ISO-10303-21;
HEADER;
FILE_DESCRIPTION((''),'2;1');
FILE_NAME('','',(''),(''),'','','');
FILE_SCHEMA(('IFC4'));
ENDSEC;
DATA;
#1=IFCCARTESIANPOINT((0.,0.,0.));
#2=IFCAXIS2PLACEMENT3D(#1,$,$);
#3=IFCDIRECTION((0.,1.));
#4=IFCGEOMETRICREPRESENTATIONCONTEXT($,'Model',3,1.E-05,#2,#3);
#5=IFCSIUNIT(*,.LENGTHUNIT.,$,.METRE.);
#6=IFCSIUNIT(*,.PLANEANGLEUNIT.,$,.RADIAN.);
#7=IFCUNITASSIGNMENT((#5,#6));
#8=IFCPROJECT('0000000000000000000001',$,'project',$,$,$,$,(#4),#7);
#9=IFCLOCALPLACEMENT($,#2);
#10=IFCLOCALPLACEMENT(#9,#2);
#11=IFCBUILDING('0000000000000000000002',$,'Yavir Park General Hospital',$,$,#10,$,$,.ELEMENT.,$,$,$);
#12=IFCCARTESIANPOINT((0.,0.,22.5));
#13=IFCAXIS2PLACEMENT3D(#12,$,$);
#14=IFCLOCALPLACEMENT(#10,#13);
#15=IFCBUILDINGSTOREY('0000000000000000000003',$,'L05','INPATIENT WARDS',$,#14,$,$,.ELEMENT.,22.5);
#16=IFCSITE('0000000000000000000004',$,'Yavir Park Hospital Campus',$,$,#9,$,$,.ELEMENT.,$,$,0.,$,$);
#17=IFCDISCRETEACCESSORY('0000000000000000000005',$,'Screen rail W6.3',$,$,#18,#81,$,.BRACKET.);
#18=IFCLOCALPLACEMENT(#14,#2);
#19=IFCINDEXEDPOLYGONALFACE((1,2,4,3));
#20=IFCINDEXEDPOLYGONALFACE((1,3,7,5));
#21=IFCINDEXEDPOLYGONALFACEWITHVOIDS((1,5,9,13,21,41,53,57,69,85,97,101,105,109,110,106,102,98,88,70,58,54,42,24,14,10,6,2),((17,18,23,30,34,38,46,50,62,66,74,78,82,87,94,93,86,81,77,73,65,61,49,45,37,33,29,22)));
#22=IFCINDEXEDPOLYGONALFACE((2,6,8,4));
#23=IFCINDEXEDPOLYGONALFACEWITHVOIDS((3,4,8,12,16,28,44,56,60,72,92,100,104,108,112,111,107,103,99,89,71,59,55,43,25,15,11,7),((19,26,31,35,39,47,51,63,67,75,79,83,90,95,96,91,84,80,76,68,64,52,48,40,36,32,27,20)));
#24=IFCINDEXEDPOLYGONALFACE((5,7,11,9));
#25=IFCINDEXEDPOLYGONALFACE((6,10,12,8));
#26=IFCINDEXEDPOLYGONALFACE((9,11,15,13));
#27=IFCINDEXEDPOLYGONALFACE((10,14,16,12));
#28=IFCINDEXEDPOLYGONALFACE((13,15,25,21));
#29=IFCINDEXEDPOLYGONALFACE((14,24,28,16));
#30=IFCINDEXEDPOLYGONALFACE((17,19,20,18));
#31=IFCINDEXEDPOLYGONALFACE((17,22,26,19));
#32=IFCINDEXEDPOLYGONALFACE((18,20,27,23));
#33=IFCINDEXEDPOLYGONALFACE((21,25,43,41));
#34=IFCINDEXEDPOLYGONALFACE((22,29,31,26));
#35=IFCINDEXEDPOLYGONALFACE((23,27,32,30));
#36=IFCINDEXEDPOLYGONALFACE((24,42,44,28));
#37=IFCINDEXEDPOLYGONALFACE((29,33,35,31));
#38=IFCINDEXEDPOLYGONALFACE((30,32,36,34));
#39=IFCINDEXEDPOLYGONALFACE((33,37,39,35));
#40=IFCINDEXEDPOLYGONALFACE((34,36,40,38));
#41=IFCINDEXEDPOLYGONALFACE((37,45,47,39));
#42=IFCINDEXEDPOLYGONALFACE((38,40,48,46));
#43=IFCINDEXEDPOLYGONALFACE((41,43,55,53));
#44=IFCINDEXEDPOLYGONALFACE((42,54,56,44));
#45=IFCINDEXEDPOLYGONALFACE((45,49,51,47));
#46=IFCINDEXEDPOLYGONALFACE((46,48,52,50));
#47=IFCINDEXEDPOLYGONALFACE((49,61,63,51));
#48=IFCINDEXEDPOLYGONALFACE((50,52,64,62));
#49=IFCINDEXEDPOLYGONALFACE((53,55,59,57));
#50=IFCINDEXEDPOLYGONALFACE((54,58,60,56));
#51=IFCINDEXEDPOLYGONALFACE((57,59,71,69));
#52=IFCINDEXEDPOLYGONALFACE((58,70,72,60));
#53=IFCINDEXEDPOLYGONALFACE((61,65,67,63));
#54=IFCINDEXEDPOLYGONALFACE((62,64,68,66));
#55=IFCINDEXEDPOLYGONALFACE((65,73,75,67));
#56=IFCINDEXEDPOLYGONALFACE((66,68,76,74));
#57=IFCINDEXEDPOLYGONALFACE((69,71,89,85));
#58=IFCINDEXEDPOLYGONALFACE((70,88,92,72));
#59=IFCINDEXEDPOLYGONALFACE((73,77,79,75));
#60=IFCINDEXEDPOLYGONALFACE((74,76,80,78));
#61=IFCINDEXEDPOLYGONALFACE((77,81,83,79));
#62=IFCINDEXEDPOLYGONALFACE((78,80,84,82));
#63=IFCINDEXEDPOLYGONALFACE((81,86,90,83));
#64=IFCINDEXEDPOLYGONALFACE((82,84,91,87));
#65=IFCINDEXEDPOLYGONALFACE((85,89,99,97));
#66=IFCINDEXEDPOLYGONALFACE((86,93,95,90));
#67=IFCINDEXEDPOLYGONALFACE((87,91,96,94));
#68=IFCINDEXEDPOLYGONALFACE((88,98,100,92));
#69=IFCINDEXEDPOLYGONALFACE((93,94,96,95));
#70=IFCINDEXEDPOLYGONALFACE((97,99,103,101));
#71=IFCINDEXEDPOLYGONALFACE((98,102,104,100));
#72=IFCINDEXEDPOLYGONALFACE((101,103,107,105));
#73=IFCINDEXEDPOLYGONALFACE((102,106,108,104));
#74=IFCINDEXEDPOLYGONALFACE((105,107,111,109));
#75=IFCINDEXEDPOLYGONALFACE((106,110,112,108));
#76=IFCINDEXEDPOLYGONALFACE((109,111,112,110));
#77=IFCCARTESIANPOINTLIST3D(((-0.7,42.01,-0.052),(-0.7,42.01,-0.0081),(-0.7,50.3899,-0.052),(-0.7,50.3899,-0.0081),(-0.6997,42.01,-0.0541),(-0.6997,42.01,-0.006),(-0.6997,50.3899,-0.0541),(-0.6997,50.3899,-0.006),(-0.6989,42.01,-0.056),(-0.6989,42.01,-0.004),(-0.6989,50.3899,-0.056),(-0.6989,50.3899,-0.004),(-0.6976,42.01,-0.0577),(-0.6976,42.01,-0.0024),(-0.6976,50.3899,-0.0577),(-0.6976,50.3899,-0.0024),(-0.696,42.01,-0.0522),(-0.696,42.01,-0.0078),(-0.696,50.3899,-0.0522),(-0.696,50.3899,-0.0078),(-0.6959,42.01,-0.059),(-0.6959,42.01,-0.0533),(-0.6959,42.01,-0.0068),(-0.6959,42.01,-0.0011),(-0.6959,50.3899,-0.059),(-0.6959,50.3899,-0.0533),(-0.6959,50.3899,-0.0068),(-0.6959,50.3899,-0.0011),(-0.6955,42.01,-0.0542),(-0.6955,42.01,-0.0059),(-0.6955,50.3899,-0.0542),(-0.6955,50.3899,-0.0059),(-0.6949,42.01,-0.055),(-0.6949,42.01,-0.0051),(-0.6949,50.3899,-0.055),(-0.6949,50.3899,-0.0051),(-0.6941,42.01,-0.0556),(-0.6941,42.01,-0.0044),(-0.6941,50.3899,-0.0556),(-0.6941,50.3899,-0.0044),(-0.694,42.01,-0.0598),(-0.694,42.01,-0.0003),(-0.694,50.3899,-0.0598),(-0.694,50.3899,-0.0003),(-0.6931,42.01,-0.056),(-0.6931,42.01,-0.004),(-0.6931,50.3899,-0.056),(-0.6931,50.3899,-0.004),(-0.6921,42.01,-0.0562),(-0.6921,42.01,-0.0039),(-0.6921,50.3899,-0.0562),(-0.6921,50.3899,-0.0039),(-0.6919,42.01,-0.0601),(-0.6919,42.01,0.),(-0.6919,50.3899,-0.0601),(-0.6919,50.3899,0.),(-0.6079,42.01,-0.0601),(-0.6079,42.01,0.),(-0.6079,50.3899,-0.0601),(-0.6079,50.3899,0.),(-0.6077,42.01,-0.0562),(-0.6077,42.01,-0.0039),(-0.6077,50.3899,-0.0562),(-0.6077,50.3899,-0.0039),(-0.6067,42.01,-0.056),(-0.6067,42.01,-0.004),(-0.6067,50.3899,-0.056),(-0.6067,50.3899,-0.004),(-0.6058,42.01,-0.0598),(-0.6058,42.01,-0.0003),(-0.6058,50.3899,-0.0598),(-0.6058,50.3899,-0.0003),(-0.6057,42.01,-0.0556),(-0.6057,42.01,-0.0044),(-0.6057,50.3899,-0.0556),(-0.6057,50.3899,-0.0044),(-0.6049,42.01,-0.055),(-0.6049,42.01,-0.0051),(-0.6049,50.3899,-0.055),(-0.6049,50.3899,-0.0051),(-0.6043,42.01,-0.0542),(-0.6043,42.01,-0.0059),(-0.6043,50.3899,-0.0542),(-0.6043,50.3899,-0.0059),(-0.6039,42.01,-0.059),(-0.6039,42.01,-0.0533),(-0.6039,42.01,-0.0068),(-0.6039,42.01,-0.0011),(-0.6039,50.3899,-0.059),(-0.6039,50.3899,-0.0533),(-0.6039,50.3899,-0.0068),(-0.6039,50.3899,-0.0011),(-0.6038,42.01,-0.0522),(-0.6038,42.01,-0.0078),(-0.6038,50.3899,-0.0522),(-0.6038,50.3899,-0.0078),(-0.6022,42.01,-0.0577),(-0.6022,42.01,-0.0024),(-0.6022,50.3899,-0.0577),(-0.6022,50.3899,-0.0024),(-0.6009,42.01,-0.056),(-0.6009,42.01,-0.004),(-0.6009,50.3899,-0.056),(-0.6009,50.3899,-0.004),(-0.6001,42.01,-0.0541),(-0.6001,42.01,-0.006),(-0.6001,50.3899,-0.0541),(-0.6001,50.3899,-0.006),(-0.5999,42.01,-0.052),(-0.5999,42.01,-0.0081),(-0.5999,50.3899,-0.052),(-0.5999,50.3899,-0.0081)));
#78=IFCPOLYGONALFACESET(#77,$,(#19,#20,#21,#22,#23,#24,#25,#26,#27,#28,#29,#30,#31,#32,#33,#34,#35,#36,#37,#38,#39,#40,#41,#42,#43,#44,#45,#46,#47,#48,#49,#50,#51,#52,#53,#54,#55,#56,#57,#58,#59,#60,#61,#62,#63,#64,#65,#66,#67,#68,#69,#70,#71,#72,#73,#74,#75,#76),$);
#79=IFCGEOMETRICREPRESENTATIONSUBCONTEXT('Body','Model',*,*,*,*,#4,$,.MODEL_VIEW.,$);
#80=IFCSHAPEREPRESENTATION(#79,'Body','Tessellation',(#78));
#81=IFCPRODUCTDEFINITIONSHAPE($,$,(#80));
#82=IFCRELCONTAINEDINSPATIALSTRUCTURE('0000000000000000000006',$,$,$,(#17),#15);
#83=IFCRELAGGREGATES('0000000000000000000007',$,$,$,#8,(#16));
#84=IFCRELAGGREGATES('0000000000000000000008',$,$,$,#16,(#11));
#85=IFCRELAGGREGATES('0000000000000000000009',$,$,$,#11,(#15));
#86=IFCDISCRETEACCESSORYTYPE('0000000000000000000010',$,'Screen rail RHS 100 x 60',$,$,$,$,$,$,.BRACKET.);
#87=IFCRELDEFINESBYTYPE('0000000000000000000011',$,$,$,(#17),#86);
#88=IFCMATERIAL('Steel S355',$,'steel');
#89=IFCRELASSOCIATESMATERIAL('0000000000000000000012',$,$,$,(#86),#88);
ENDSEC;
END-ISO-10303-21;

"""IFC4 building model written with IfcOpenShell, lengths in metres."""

from ifc_helpers import new_model, si_unit, direction, frame, origin, origin_2d, place, context, subcontext, project, spatial, hollow_rectangle, extrude, material, material_profile, profile_set, type_object, element, save


model = new_model("IFC4")

# Units and contexts
model_context = context("Model", 3, precision=1e-05, world=origin(), true_north=direction((0.0, 1.0)))
body_context = subcontext(model_context, "Body", "Model", "MODEL_VIEW")
ifc_project = project(units=[si_unit("LENGTHUNIT", "METRE"), si_unit("PLANEANGLEUNIT", "RADIAN")], contexts=[model_context])

# Site, building, storey
site_placement = place(None, origin())
site = spatial("IfcSite", under=ifc_project, at=site_placement, Name="Yavir Park Hospital Campus", CompositionType="ELEMENT", RefElevation=0.0)
building_placement = place(site_placement, origin())
building = spatial("IfcBuilding", under=site, at=building_placement, Name="Yavir Park General Hospital", CompositionType="ELEMENT")
storey_placement = place(building_placement, frame((0.0, 0.0, 22.5)))
storey = spatial("IfcBuildingStorey", under=building, at=storey_placement, Name="L05", Description="INPATIENT WARDS", CompositionType="ELEMENT", Elevation=22.5)

# Discrete accessory
ifc_material_1 = material(Name="Steel S355", Category="steel")
ifc_material_profile_1 = material_profile(ifc_material_1, hollow_rectangle(XDim=0.1001, YDim=0.0601, WallThickness=0.0039, InnerFilletRadius=0.0039, OuterFilletRadius=0.0081, at=origin_2d()), Name="RHS60x100x4")
ifc_profile_set_1 = profile_set([ifc_material_profile_1], Name="Steel S355")
discrete_accessory_type_1 = type_object("IfcDiscreteAccessoryType", Name="Screen rail RHS 100 x 60", PredefinedType="BRACKET", material=ifc_profile_set_1)
discrete_accessory_placement = place(storey_placement, frame((-0.6499, 42.01, -0.03), z_axis=(0.0, 1.0, 0.0), x_axis=(-1.0, 0.0, 0.0)))
element("IfcDiscreteAccessory", 1, at=discrete_accessory_placement, inside=storey, type_object=discrete_accessory_type_1, Name="Screen rail W6.3", PredefinedType="BRACKET", context=body_context, shape_type="SweptSolid", body=[
    extrude(hollow_rectangle(XDim=0.1001, YDim=0.0601, WallThickness=0.0039, InnerFilletRadius=0.0039, OuterFilletRadius=0.0081, at=origin_2d()), origin(), (0.0, 0.0, 1.0), 8.3799),
])

save(model, "model.ifc")
